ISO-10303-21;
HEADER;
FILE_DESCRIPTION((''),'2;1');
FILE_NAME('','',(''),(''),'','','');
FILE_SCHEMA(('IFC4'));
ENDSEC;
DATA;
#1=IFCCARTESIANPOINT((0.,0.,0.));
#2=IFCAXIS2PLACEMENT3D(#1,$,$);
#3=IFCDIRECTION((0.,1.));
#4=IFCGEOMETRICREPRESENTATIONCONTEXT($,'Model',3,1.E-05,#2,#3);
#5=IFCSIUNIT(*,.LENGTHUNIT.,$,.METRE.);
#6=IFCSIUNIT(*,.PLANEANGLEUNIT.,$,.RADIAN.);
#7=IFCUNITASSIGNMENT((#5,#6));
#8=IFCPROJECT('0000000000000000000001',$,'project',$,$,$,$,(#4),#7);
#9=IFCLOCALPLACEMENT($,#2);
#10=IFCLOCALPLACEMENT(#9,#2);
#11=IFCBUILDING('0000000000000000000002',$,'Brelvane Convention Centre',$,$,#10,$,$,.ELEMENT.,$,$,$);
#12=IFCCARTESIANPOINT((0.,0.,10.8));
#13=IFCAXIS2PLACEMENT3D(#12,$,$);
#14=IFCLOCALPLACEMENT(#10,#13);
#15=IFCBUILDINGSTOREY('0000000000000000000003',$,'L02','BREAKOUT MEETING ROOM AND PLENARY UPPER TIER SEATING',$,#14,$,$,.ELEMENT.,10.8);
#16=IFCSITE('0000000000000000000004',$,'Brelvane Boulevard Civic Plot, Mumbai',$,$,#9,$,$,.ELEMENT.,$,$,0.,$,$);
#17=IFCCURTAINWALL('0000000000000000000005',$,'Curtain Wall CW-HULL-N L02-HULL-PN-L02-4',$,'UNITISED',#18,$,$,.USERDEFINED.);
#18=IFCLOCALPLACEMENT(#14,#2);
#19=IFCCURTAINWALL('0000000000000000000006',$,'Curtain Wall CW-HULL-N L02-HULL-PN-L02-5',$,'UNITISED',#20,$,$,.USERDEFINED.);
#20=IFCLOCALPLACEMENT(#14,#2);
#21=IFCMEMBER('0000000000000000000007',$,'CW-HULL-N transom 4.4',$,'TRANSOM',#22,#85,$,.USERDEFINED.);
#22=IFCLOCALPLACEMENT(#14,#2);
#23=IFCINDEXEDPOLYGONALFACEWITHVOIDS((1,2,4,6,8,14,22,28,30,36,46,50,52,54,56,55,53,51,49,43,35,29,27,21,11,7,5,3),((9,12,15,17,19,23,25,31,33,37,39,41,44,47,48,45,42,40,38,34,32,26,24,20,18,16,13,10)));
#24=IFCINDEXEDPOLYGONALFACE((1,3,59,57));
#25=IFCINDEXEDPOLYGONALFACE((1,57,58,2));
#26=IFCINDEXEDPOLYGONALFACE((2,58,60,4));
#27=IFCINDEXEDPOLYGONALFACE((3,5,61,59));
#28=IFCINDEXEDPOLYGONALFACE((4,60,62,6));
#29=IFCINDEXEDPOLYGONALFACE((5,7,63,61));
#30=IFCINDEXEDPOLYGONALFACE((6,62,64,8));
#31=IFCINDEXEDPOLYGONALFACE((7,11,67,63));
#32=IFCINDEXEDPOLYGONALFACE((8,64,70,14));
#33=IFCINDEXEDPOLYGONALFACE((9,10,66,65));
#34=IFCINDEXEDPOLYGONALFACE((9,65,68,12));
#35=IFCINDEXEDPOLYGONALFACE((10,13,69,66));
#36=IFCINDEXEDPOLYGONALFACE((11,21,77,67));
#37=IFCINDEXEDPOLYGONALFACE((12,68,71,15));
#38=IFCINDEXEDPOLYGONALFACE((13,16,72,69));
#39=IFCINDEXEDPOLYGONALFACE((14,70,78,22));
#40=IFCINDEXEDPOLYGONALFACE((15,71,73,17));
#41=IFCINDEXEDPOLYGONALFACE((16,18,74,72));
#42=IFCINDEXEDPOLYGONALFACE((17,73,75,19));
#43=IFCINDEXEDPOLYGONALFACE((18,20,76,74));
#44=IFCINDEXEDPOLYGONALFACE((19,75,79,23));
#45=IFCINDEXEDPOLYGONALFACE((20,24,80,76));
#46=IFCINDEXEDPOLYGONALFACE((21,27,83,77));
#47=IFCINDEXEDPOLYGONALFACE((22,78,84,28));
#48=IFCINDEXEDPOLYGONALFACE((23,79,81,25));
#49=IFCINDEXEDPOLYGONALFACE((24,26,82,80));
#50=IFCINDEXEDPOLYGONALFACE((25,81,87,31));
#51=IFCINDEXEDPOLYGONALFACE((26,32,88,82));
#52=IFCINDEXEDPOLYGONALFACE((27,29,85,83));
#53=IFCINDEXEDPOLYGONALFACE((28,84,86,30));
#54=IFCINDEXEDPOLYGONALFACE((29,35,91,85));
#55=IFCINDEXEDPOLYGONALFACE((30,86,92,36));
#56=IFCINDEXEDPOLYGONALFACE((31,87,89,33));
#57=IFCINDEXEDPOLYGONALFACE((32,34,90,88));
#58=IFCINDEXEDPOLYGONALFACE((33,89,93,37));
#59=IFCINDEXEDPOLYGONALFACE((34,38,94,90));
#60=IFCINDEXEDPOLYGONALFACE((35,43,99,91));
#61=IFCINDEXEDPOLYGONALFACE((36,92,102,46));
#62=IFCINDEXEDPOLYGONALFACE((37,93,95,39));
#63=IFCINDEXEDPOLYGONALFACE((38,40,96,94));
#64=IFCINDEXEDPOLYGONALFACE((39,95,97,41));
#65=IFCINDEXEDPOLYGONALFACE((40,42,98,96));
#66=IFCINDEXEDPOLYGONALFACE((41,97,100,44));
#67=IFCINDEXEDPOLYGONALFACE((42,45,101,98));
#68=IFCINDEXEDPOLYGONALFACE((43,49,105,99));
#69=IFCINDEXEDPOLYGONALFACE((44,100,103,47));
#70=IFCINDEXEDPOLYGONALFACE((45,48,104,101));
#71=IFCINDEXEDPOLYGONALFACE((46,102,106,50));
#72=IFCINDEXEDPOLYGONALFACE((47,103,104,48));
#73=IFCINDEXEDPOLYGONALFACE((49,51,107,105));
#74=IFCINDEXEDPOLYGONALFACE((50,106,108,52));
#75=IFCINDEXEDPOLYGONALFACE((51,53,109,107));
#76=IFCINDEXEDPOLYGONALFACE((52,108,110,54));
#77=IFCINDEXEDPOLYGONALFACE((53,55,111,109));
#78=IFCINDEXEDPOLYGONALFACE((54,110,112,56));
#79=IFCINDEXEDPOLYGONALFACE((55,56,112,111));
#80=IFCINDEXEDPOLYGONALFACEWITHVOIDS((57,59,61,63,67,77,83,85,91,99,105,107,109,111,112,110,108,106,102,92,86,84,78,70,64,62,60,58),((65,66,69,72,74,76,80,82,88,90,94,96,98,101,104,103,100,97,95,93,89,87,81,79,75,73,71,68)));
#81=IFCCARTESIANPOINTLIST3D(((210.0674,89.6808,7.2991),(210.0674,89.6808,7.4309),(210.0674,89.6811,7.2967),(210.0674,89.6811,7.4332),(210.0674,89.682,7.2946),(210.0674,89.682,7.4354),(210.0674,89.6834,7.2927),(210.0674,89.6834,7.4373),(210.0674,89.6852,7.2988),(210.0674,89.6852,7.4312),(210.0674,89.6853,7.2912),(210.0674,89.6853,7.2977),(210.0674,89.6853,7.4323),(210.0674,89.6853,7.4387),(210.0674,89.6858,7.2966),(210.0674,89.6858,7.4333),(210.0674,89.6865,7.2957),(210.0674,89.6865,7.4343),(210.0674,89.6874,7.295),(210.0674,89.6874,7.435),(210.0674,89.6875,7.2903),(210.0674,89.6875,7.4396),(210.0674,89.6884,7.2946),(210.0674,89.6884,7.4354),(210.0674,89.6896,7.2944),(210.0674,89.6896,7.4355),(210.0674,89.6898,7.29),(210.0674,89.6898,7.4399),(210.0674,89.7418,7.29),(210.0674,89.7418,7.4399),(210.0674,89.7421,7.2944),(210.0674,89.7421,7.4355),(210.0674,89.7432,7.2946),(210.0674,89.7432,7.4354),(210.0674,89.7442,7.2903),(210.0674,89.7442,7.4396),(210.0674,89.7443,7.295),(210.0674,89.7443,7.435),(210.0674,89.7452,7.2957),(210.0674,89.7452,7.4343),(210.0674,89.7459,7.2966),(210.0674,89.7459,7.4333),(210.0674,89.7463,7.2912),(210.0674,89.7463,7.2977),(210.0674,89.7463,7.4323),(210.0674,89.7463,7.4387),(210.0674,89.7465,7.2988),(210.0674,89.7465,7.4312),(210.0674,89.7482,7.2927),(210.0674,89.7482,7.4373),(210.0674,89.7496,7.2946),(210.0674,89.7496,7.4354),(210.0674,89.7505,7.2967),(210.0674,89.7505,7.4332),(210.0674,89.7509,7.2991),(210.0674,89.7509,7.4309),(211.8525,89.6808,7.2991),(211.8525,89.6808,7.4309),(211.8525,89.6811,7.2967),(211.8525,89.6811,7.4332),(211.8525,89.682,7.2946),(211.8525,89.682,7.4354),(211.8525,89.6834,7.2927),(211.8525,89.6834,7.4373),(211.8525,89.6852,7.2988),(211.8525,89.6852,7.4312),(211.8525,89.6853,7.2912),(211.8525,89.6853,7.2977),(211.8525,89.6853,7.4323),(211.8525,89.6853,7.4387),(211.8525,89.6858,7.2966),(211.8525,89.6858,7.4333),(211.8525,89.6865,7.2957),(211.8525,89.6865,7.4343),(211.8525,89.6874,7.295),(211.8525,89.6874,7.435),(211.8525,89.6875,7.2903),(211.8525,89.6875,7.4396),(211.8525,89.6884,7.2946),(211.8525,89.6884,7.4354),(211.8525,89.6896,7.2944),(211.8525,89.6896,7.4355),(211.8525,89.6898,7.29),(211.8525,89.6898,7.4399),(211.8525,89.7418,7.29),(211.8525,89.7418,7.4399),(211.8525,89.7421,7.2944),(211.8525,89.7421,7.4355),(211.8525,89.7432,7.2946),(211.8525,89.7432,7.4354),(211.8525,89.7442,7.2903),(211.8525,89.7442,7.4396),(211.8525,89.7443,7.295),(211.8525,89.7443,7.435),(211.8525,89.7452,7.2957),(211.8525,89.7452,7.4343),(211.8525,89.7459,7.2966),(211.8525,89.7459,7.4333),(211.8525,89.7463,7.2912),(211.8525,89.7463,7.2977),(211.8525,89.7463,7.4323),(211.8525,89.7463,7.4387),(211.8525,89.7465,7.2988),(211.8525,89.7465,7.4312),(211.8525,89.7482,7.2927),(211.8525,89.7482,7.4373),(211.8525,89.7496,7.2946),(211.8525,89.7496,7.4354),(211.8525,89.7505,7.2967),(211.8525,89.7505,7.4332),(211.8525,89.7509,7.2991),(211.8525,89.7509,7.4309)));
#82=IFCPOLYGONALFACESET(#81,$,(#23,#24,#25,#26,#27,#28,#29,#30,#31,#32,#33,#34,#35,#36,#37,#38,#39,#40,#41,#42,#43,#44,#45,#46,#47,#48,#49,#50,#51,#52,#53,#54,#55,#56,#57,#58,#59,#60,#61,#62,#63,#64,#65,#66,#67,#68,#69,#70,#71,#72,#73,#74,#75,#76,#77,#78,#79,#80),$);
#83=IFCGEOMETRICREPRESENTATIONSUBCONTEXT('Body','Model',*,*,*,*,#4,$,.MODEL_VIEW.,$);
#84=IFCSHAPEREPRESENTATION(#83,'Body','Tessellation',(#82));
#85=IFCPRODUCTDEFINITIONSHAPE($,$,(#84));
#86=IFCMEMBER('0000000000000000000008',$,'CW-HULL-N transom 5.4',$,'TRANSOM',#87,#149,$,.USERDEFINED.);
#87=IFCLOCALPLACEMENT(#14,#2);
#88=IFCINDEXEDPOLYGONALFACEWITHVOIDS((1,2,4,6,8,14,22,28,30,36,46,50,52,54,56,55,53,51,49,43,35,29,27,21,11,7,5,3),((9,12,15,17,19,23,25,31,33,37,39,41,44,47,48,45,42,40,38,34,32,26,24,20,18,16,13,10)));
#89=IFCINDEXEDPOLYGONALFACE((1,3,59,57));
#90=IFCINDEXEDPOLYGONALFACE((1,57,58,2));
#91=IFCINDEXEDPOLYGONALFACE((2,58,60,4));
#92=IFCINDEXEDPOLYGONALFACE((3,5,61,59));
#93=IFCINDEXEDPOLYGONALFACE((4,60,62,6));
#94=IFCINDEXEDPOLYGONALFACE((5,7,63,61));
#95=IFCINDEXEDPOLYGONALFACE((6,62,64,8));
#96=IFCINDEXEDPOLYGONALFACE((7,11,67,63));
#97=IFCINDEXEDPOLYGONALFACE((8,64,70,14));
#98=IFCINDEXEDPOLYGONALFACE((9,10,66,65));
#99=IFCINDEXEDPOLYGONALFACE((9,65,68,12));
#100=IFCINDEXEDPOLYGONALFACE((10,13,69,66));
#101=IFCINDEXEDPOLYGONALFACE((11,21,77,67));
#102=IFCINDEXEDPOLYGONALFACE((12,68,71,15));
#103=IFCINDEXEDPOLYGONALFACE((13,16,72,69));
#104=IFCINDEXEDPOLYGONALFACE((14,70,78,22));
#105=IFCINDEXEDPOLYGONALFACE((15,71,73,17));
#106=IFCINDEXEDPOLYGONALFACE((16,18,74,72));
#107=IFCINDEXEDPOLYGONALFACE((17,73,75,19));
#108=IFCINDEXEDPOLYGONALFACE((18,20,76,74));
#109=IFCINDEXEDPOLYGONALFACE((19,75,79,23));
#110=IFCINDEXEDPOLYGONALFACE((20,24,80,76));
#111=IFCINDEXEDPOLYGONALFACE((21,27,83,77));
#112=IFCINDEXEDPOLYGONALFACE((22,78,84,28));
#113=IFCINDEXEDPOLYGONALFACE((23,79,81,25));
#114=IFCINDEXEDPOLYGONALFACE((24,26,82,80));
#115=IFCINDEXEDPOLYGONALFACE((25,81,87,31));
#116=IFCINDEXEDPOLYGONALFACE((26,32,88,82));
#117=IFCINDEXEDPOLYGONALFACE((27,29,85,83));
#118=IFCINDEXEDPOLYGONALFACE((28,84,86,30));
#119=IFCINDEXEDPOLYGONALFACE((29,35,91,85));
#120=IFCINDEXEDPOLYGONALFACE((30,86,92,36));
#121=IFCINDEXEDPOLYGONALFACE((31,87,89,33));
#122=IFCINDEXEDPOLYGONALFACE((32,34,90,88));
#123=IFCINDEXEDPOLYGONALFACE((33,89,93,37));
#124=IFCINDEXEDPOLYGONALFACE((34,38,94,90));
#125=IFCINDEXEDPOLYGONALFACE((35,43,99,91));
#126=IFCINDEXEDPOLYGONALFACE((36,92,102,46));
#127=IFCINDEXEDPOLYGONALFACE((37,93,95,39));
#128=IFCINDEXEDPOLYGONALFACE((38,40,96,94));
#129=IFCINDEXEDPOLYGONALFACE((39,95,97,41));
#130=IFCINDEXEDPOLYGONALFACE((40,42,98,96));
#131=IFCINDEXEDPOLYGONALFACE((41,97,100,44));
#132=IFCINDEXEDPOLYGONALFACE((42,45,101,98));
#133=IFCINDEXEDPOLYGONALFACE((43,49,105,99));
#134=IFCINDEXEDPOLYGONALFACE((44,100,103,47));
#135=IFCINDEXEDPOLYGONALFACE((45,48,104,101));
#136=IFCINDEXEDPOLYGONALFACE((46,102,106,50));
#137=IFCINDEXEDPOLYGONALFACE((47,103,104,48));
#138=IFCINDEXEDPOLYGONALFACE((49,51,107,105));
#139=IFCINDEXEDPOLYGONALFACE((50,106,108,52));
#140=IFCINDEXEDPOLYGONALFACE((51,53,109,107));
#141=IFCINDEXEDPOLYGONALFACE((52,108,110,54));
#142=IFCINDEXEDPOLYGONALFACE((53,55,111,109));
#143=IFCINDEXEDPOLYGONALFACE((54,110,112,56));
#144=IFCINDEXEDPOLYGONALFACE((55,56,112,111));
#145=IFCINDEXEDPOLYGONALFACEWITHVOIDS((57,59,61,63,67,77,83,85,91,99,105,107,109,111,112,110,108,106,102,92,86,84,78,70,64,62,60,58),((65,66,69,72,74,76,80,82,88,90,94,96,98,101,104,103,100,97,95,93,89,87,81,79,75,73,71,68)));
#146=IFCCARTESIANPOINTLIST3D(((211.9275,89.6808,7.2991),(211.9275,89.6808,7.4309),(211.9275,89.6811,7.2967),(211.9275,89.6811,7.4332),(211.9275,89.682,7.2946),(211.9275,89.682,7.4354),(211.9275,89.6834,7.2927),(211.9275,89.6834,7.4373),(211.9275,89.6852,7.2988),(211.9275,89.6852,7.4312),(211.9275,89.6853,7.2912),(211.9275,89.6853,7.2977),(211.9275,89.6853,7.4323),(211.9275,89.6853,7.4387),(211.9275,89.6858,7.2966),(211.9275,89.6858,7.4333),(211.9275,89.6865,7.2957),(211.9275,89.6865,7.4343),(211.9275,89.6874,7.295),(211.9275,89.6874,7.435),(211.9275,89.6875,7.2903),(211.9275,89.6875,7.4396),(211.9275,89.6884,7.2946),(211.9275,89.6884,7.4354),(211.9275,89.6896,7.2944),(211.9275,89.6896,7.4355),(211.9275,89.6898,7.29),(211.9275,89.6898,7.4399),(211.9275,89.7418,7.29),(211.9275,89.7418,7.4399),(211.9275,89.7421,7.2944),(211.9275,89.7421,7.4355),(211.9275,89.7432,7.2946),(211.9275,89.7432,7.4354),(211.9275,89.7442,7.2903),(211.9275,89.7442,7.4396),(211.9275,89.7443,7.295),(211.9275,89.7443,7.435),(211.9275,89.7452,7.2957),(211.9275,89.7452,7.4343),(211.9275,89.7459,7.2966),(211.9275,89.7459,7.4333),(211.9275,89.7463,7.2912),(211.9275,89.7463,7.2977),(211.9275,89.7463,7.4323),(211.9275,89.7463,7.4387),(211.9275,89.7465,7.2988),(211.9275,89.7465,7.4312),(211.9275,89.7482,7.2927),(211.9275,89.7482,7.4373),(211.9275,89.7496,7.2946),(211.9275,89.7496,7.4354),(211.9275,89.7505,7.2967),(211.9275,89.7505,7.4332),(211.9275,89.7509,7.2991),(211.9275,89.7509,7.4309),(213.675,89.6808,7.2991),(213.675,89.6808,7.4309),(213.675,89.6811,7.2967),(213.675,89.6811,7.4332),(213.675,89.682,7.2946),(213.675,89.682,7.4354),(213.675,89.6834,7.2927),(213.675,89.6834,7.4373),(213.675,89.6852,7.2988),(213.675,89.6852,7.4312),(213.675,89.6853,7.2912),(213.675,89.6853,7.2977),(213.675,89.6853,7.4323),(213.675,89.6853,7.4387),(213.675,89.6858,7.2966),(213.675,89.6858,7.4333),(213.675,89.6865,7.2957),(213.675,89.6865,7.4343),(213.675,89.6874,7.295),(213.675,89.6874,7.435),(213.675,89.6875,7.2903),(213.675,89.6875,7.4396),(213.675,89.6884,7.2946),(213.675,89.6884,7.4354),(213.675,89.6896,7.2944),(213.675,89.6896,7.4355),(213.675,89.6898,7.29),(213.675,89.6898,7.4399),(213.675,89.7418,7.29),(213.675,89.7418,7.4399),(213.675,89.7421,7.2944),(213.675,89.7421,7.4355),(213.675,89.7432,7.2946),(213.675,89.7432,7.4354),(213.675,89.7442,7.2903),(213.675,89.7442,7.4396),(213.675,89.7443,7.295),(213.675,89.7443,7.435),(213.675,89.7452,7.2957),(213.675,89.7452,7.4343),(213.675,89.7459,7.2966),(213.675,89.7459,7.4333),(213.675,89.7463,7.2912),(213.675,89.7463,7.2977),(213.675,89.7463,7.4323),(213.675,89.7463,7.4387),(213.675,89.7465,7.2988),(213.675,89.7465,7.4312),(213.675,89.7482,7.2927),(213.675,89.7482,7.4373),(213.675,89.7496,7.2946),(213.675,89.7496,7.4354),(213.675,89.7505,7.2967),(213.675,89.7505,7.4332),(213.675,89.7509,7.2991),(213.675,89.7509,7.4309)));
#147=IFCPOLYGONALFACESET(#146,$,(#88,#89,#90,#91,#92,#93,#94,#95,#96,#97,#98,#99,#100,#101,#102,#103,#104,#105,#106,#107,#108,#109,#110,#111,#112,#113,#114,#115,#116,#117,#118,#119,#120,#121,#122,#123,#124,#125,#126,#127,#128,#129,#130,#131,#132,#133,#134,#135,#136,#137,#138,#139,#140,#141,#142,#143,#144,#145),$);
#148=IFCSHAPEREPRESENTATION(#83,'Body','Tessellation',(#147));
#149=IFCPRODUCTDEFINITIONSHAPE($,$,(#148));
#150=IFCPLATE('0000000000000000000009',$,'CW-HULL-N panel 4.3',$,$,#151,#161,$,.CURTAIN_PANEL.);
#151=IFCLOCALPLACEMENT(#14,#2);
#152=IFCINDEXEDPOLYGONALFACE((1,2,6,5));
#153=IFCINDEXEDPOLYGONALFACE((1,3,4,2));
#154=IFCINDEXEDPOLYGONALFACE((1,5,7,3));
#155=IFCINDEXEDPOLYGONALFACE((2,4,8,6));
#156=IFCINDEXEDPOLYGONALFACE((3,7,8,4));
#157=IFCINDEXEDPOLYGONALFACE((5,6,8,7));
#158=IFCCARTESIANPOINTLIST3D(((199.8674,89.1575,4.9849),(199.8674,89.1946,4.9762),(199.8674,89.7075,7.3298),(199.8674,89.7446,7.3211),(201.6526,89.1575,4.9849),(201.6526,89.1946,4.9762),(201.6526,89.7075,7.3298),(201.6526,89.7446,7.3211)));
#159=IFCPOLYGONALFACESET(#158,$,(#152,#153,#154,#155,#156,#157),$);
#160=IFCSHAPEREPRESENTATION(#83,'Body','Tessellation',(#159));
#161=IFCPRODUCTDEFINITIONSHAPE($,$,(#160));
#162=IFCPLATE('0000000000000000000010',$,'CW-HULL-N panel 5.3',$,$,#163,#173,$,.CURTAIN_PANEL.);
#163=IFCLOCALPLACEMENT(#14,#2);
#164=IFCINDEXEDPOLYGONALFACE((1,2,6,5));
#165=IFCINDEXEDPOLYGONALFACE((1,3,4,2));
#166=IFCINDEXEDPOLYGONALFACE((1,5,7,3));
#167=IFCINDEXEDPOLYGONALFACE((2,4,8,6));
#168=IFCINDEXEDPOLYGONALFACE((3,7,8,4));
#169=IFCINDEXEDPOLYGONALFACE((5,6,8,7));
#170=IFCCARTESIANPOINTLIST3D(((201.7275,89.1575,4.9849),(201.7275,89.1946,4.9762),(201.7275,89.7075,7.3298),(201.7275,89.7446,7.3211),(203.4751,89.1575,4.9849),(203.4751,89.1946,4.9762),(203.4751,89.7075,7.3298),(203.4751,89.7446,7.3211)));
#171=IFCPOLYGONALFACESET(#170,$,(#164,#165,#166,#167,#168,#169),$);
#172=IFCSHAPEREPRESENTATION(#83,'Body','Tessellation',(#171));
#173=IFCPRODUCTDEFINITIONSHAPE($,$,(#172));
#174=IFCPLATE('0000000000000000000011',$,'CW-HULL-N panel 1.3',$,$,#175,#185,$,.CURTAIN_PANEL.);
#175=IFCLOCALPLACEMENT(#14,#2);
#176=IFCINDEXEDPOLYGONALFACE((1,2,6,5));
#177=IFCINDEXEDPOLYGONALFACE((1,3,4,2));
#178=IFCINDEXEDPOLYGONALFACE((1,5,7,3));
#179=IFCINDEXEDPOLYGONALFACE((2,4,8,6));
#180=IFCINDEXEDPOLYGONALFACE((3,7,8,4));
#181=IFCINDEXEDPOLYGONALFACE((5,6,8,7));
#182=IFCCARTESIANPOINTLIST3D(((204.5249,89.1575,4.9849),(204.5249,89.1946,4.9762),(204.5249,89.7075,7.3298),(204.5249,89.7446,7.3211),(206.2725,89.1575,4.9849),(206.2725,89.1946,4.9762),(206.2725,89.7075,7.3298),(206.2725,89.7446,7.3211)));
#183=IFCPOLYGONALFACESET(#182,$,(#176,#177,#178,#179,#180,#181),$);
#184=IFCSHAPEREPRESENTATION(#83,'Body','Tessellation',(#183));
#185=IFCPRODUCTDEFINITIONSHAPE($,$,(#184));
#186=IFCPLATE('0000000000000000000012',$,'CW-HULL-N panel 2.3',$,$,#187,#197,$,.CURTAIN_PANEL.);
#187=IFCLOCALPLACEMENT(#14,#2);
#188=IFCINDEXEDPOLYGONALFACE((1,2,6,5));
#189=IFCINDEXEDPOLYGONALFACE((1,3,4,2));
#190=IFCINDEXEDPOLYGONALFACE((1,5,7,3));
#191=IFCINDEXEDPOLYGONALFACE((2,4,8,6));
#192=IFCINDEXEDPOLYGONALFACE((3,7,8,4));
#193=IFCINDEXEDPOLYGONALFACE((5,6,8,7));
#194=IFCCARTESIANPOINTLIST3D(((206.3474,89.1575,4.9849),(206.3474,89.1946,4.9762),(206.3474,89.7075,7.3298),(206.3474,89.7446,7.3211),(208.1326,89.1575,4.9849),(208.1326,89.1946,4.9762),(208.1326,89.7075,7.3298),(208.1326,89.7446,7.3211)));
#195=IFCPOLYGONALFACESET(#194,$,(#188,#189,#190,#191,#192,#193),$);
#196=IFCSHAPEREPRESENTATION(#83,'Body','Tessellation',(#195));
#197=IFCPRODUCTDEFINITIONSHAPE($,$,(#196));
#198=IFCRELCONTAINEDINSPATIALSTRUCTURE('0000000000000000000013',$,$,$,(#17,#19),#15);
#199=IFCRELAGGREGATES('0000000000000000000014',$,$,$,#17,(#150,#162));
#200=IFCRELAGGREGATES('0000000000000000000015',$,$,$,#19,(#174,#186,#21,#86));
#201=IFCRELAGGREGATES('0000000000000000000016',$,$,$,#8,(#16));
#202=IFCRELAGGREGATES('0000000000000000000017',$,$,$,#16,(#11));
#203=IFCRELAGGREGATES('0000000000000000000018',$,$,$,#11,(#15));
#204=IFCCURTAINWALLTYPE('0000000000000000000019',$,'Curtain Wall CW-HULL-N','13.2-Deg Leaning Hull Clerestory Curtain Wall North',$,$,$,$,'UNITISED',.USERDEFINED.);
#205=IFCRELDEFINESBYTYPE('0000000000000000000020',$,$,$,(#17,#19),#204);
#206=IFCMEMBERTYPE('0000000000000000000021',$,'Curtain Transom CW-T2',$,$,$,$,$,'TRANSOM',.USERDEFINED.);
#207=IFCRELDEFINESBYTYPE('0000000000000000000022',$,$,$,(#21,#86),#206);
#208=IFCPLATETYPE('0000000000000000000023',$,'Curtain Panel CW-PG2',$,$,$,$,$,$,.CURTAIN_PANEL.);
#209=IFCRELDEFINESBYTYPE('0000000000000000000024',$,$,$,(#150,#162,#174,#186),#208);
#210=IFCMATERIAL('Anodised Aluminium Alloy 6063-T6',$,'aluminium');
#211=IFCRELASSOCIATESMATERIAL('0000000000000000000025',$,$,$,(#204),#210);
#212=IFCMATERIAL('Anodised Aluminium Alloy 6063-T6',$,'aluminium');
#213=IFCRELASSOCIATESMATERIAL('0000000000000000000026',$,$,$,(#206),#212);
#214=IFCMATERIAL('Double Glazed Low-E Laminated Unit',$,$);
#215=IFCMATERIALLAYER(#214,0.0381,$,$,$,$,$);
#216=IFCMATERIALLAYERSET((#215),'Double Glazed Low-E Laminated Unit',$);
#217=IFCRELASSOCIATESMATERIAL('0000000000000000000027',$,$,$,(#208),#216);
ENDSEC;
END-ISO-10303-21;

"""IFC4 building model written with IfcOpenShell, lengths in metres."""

from ifc_helpers import new_model, si_unit, direction, frame, origin, origin_2d, place, context, subcontext, project, spatial, polyline, hollow_rectangle, outline, extrude, material, layer, layer_set, material_profile, profile_set, type_object, element, aggregate, save


model = new_model("IFC4")

# Units and contexts
model_context = context("Model", 3, precision=1e-05, world=origin(), true_north=direction((0.0, 1.0)))
body_context = subcontext(model_context, "Body", "Model", "MODEL_VIEW")
ifc_project = project(units=[si_unit("LENGTHUNIT", "METRE"), si_unit("PLANEANGLEUNIT", "RADIAN")], contexts=[model_context])

# Site, building, storey
site_placement = place(None, origin())
site = spatial("IfcSite", under=ifc_project, at=site_placement, Name="Brelvane Boulevard Civic Plot, Mumbai", CompositionType="ELEMENT", RefElevation=0.0)
building_placement = place(site_placement, origin())
building = spatial("IfcBuilding", under=site, at=building_placement, Name="Brelvane Convention Centre", CompositionType="ELEMENT")
storey_placement = place(building_placement, frame((0.0, 0.0, 10.8)))
storey = spatial("IfcBuildingStorey", under=building, at=storey_placement, Name="L02", Description="BREAKOUT MEETING ROOM AND PLENARY UPPER TIER SEATING", CompositionType="ELEMENT", Elevation=10.8)

# Curtain walls, members
ifc_material_1 = material(Name="Anodised Aluminium Alloy 6063-T6", Category="aluminium")
curtain_wall_type = type_object("IfcCurtainWallType", Name="Curtain Wall CW-HULL-N", Description="13.2-Deg Leaning Hull Clerestory Curtain Wall North", ElementType="UNITISED", PredefinedType="USERDEFINED", material=ifc_material_1)
ifc_material_2 = material(Name="Anodised Aluminium Alloy 6063-T6", Category="aluminium")
ifc_material_profile_1 = material_profile(ifc_material_2, hollow_rectangle(XDim=0.0701, YDim=0.1499, WallThickness=0.0044, InnerFilletRadius=0.0044, OuterFilletRadius=0.009, at=origin_2d()), Name="ALU-T 150x70x4.5")
ifc_profile_set_1 = profile_set([ifc_material_profile_1], Name="Anodised Aluminium Alloy 6063-T6")
member_type = type_object("IfcMemberType", Name="Curtain Transom CW-T2", ElementType="TRANSOM", PredefinedType="USERDEFINED", material=ifc_profile_set_1)
curtain_wall_1_placement = place(storey_placement, origin())
curtain_wall_1 = element("IfcCurtainWall", 1, at=curtain_wall_1_placement, inside=storey, type_object=curtain_wall_type, Name="Curtain Wall CW-HULL-N L02-HULL-PN-L02-4", ObjectType="UNITISED", PredefinedType="USERDEFINED")
curtain_wall_2_placement = place(storey_placement, origin())
curtain_wall_2 = element("IfcCurtainWall", 2, at=curtain_wall_2_placement, inside=storey, type_object=curtain_wall_type, Name="Curtain Wall CW-HULL-N L02-HULL-PN-L02-5", ObjectType="UNITISED", PredefinedType="USERDEFINED")
member_1_placement = place(storey_placement, frame((210.0674, 89.7158, 7.365), z_axis=(1.0, 0.0, 0.0), x_axis=(0.0, 1.0, 0.0)))
member_1 = element("IfcMember", 3, at=member_1_placement, type_object=member_type, Name="CW-HULL-N transom 4.4", ObjectType="TRANSOM", PredefinedType="USERDEFINED", context=body_context, shape_type="SweptSolid", body=[
    extrude(hollow_rectangle(XDim=0.0701, YDim=0.1499, WallThickness=0.0044, InnerFilletRadius=0.0044, OuterFilletRadius=0.009, at=origin_2d()), origin(), (0.0, 0.0, 1.0), 1.7852),
])
member_2_placement = place(storey_placement, frame((211.9275, 89.7158, 7.365), z_axis=(1.0, 0.0, 0.0), x_axis=(0.0, 1.0, 0.0)))
member_2 = element("IfcMember", 4, at=member_2_placement, type_object=member_type, Name="CW-HULL-N transom 5.4", ObjectType="TRANSOM", PredefinedType="USERDEFINED", context=body_context, shape_type="SweptSolid", body=[
    extrude(hollow_rectangle(XDim=0.0701, YDim=0.1499, WallThickness=0.0044, InnerFilletRadius=0.0044, OuterFilletRadius=0.009, at=origin_2d()), origin(), (0.0, 0.0, 1.0), 1.7476),
])

# Plates
ifc_material_3 = material(Name="Double Glazed Low-E Laminated Unit")
ifc_layer = layer(ifc_material_3, 0.0381)
ifc_layer_set = layer_set([ifc_layer], Name="Double Glazed Low-E Laminated Unit")
plate_type = type_object("IfcPlateType", Name="Curtain Panel CW-PG2", PredefinedType="CURTAIN_PANEL", material=ifc_layer_set)
plate_1_placement = place(storey_placement, frame((199.8674, 89.1575, 4.9849), z_axis=(0.0, -0.973575, 0.228367), x_axis=(1.0, 0.0, 0.0)))
plate_1 = element("IfcPlate", 5, at=plate_1_placement, type_object=plate_type, Name="CW-HULL-N panel 4.3", PredefinedType="CURTAIN_PANEL", context=body_context, shape_type="SweptSolid", body=[
    extrude(outline(polyline([(0.0, 0.0), (1.7852, 0.0), (1.7852, 2.4086), (0.0, 2.4086), (0.0, 0.0)])), origin(), (0.0, 0.0, -1.0), 0.0381),
])
plate_2_placement = place(storey_placement, frame((201.7275, 89.1575, 4.9849), z_axis=(0.0, -0.973575, 0.228367), x_axis=(1.0, 0.0, 0.0)))
plate_2 = element("IfcPlate", 6, at=plate_2_placement, type_object=plate_type, Name="CW-HULL-N panel 5.3", PredefinedType="CURTAIN_PANEL", context=body_context, shape_type="SweptSolid", body=[
    extrude(outline(polyline([(0.0, 0.0), (1.7476, 0.0), (1.7476, 2.4086), (0.0, 2.4086), (0.0, 0.0)])), origin(), (0.0, 0.0, -1.0), 0.0381),
])
aggregate(curtain_wall_1, [plate_1, plate_2])
plate_3_placement = place(storey_placement, frame((204.5249, 89.1575, 4.9849), z_axis=(0.0, -0.973575, 0.228367), x_axis=(1.0, 0.0, 0.0)))
plate_3 = element("IfcPlate", 7, at=plate_3_placement, type_object=plate_type, Name="CW-HULL-N panel 1.3", PredefinedType="CURTAIN_PANEL", context=body_context, shape_type="SweptSolid", body=[
    extrude(outline(polyline([(0.0, 0.0), (1.7476, 0.0), (1.7476, 2.4086), (0.0, 2.4086), (0.0, 0.0)])), origin(), (0.0, 0.0, -1.0), 0.0381),
])
plate_4_placement = place(storey_placement, frame((206.3474, 89.1575, 4.9849), z_axis=(0.0, -0.973575, 0.228367), x_axis=(1.0, 0.0, 0.0)))
plate_4 = element("IfcPlate", 8, at=plate_4_placement, type_object=plate_type, Name="CW-HULL-N panel 2.3", PredefinedType="CURTAIN_PANEL", context=body_context, shape_type="SweptSolid", body=[
    extrude(outline(polyline([(0.0, 0.0), (1.7852, 0.0), (1.7852, 2.4086), (0.0, 2.4086), (0.0, 0.0)])), origin(), (0.0, 0.0, -1.0), 0.0381),
])
aggregate(curtain_wall_2, [plate_3, plate_4, member_1, member_2])

save(model, "model.ifc")
